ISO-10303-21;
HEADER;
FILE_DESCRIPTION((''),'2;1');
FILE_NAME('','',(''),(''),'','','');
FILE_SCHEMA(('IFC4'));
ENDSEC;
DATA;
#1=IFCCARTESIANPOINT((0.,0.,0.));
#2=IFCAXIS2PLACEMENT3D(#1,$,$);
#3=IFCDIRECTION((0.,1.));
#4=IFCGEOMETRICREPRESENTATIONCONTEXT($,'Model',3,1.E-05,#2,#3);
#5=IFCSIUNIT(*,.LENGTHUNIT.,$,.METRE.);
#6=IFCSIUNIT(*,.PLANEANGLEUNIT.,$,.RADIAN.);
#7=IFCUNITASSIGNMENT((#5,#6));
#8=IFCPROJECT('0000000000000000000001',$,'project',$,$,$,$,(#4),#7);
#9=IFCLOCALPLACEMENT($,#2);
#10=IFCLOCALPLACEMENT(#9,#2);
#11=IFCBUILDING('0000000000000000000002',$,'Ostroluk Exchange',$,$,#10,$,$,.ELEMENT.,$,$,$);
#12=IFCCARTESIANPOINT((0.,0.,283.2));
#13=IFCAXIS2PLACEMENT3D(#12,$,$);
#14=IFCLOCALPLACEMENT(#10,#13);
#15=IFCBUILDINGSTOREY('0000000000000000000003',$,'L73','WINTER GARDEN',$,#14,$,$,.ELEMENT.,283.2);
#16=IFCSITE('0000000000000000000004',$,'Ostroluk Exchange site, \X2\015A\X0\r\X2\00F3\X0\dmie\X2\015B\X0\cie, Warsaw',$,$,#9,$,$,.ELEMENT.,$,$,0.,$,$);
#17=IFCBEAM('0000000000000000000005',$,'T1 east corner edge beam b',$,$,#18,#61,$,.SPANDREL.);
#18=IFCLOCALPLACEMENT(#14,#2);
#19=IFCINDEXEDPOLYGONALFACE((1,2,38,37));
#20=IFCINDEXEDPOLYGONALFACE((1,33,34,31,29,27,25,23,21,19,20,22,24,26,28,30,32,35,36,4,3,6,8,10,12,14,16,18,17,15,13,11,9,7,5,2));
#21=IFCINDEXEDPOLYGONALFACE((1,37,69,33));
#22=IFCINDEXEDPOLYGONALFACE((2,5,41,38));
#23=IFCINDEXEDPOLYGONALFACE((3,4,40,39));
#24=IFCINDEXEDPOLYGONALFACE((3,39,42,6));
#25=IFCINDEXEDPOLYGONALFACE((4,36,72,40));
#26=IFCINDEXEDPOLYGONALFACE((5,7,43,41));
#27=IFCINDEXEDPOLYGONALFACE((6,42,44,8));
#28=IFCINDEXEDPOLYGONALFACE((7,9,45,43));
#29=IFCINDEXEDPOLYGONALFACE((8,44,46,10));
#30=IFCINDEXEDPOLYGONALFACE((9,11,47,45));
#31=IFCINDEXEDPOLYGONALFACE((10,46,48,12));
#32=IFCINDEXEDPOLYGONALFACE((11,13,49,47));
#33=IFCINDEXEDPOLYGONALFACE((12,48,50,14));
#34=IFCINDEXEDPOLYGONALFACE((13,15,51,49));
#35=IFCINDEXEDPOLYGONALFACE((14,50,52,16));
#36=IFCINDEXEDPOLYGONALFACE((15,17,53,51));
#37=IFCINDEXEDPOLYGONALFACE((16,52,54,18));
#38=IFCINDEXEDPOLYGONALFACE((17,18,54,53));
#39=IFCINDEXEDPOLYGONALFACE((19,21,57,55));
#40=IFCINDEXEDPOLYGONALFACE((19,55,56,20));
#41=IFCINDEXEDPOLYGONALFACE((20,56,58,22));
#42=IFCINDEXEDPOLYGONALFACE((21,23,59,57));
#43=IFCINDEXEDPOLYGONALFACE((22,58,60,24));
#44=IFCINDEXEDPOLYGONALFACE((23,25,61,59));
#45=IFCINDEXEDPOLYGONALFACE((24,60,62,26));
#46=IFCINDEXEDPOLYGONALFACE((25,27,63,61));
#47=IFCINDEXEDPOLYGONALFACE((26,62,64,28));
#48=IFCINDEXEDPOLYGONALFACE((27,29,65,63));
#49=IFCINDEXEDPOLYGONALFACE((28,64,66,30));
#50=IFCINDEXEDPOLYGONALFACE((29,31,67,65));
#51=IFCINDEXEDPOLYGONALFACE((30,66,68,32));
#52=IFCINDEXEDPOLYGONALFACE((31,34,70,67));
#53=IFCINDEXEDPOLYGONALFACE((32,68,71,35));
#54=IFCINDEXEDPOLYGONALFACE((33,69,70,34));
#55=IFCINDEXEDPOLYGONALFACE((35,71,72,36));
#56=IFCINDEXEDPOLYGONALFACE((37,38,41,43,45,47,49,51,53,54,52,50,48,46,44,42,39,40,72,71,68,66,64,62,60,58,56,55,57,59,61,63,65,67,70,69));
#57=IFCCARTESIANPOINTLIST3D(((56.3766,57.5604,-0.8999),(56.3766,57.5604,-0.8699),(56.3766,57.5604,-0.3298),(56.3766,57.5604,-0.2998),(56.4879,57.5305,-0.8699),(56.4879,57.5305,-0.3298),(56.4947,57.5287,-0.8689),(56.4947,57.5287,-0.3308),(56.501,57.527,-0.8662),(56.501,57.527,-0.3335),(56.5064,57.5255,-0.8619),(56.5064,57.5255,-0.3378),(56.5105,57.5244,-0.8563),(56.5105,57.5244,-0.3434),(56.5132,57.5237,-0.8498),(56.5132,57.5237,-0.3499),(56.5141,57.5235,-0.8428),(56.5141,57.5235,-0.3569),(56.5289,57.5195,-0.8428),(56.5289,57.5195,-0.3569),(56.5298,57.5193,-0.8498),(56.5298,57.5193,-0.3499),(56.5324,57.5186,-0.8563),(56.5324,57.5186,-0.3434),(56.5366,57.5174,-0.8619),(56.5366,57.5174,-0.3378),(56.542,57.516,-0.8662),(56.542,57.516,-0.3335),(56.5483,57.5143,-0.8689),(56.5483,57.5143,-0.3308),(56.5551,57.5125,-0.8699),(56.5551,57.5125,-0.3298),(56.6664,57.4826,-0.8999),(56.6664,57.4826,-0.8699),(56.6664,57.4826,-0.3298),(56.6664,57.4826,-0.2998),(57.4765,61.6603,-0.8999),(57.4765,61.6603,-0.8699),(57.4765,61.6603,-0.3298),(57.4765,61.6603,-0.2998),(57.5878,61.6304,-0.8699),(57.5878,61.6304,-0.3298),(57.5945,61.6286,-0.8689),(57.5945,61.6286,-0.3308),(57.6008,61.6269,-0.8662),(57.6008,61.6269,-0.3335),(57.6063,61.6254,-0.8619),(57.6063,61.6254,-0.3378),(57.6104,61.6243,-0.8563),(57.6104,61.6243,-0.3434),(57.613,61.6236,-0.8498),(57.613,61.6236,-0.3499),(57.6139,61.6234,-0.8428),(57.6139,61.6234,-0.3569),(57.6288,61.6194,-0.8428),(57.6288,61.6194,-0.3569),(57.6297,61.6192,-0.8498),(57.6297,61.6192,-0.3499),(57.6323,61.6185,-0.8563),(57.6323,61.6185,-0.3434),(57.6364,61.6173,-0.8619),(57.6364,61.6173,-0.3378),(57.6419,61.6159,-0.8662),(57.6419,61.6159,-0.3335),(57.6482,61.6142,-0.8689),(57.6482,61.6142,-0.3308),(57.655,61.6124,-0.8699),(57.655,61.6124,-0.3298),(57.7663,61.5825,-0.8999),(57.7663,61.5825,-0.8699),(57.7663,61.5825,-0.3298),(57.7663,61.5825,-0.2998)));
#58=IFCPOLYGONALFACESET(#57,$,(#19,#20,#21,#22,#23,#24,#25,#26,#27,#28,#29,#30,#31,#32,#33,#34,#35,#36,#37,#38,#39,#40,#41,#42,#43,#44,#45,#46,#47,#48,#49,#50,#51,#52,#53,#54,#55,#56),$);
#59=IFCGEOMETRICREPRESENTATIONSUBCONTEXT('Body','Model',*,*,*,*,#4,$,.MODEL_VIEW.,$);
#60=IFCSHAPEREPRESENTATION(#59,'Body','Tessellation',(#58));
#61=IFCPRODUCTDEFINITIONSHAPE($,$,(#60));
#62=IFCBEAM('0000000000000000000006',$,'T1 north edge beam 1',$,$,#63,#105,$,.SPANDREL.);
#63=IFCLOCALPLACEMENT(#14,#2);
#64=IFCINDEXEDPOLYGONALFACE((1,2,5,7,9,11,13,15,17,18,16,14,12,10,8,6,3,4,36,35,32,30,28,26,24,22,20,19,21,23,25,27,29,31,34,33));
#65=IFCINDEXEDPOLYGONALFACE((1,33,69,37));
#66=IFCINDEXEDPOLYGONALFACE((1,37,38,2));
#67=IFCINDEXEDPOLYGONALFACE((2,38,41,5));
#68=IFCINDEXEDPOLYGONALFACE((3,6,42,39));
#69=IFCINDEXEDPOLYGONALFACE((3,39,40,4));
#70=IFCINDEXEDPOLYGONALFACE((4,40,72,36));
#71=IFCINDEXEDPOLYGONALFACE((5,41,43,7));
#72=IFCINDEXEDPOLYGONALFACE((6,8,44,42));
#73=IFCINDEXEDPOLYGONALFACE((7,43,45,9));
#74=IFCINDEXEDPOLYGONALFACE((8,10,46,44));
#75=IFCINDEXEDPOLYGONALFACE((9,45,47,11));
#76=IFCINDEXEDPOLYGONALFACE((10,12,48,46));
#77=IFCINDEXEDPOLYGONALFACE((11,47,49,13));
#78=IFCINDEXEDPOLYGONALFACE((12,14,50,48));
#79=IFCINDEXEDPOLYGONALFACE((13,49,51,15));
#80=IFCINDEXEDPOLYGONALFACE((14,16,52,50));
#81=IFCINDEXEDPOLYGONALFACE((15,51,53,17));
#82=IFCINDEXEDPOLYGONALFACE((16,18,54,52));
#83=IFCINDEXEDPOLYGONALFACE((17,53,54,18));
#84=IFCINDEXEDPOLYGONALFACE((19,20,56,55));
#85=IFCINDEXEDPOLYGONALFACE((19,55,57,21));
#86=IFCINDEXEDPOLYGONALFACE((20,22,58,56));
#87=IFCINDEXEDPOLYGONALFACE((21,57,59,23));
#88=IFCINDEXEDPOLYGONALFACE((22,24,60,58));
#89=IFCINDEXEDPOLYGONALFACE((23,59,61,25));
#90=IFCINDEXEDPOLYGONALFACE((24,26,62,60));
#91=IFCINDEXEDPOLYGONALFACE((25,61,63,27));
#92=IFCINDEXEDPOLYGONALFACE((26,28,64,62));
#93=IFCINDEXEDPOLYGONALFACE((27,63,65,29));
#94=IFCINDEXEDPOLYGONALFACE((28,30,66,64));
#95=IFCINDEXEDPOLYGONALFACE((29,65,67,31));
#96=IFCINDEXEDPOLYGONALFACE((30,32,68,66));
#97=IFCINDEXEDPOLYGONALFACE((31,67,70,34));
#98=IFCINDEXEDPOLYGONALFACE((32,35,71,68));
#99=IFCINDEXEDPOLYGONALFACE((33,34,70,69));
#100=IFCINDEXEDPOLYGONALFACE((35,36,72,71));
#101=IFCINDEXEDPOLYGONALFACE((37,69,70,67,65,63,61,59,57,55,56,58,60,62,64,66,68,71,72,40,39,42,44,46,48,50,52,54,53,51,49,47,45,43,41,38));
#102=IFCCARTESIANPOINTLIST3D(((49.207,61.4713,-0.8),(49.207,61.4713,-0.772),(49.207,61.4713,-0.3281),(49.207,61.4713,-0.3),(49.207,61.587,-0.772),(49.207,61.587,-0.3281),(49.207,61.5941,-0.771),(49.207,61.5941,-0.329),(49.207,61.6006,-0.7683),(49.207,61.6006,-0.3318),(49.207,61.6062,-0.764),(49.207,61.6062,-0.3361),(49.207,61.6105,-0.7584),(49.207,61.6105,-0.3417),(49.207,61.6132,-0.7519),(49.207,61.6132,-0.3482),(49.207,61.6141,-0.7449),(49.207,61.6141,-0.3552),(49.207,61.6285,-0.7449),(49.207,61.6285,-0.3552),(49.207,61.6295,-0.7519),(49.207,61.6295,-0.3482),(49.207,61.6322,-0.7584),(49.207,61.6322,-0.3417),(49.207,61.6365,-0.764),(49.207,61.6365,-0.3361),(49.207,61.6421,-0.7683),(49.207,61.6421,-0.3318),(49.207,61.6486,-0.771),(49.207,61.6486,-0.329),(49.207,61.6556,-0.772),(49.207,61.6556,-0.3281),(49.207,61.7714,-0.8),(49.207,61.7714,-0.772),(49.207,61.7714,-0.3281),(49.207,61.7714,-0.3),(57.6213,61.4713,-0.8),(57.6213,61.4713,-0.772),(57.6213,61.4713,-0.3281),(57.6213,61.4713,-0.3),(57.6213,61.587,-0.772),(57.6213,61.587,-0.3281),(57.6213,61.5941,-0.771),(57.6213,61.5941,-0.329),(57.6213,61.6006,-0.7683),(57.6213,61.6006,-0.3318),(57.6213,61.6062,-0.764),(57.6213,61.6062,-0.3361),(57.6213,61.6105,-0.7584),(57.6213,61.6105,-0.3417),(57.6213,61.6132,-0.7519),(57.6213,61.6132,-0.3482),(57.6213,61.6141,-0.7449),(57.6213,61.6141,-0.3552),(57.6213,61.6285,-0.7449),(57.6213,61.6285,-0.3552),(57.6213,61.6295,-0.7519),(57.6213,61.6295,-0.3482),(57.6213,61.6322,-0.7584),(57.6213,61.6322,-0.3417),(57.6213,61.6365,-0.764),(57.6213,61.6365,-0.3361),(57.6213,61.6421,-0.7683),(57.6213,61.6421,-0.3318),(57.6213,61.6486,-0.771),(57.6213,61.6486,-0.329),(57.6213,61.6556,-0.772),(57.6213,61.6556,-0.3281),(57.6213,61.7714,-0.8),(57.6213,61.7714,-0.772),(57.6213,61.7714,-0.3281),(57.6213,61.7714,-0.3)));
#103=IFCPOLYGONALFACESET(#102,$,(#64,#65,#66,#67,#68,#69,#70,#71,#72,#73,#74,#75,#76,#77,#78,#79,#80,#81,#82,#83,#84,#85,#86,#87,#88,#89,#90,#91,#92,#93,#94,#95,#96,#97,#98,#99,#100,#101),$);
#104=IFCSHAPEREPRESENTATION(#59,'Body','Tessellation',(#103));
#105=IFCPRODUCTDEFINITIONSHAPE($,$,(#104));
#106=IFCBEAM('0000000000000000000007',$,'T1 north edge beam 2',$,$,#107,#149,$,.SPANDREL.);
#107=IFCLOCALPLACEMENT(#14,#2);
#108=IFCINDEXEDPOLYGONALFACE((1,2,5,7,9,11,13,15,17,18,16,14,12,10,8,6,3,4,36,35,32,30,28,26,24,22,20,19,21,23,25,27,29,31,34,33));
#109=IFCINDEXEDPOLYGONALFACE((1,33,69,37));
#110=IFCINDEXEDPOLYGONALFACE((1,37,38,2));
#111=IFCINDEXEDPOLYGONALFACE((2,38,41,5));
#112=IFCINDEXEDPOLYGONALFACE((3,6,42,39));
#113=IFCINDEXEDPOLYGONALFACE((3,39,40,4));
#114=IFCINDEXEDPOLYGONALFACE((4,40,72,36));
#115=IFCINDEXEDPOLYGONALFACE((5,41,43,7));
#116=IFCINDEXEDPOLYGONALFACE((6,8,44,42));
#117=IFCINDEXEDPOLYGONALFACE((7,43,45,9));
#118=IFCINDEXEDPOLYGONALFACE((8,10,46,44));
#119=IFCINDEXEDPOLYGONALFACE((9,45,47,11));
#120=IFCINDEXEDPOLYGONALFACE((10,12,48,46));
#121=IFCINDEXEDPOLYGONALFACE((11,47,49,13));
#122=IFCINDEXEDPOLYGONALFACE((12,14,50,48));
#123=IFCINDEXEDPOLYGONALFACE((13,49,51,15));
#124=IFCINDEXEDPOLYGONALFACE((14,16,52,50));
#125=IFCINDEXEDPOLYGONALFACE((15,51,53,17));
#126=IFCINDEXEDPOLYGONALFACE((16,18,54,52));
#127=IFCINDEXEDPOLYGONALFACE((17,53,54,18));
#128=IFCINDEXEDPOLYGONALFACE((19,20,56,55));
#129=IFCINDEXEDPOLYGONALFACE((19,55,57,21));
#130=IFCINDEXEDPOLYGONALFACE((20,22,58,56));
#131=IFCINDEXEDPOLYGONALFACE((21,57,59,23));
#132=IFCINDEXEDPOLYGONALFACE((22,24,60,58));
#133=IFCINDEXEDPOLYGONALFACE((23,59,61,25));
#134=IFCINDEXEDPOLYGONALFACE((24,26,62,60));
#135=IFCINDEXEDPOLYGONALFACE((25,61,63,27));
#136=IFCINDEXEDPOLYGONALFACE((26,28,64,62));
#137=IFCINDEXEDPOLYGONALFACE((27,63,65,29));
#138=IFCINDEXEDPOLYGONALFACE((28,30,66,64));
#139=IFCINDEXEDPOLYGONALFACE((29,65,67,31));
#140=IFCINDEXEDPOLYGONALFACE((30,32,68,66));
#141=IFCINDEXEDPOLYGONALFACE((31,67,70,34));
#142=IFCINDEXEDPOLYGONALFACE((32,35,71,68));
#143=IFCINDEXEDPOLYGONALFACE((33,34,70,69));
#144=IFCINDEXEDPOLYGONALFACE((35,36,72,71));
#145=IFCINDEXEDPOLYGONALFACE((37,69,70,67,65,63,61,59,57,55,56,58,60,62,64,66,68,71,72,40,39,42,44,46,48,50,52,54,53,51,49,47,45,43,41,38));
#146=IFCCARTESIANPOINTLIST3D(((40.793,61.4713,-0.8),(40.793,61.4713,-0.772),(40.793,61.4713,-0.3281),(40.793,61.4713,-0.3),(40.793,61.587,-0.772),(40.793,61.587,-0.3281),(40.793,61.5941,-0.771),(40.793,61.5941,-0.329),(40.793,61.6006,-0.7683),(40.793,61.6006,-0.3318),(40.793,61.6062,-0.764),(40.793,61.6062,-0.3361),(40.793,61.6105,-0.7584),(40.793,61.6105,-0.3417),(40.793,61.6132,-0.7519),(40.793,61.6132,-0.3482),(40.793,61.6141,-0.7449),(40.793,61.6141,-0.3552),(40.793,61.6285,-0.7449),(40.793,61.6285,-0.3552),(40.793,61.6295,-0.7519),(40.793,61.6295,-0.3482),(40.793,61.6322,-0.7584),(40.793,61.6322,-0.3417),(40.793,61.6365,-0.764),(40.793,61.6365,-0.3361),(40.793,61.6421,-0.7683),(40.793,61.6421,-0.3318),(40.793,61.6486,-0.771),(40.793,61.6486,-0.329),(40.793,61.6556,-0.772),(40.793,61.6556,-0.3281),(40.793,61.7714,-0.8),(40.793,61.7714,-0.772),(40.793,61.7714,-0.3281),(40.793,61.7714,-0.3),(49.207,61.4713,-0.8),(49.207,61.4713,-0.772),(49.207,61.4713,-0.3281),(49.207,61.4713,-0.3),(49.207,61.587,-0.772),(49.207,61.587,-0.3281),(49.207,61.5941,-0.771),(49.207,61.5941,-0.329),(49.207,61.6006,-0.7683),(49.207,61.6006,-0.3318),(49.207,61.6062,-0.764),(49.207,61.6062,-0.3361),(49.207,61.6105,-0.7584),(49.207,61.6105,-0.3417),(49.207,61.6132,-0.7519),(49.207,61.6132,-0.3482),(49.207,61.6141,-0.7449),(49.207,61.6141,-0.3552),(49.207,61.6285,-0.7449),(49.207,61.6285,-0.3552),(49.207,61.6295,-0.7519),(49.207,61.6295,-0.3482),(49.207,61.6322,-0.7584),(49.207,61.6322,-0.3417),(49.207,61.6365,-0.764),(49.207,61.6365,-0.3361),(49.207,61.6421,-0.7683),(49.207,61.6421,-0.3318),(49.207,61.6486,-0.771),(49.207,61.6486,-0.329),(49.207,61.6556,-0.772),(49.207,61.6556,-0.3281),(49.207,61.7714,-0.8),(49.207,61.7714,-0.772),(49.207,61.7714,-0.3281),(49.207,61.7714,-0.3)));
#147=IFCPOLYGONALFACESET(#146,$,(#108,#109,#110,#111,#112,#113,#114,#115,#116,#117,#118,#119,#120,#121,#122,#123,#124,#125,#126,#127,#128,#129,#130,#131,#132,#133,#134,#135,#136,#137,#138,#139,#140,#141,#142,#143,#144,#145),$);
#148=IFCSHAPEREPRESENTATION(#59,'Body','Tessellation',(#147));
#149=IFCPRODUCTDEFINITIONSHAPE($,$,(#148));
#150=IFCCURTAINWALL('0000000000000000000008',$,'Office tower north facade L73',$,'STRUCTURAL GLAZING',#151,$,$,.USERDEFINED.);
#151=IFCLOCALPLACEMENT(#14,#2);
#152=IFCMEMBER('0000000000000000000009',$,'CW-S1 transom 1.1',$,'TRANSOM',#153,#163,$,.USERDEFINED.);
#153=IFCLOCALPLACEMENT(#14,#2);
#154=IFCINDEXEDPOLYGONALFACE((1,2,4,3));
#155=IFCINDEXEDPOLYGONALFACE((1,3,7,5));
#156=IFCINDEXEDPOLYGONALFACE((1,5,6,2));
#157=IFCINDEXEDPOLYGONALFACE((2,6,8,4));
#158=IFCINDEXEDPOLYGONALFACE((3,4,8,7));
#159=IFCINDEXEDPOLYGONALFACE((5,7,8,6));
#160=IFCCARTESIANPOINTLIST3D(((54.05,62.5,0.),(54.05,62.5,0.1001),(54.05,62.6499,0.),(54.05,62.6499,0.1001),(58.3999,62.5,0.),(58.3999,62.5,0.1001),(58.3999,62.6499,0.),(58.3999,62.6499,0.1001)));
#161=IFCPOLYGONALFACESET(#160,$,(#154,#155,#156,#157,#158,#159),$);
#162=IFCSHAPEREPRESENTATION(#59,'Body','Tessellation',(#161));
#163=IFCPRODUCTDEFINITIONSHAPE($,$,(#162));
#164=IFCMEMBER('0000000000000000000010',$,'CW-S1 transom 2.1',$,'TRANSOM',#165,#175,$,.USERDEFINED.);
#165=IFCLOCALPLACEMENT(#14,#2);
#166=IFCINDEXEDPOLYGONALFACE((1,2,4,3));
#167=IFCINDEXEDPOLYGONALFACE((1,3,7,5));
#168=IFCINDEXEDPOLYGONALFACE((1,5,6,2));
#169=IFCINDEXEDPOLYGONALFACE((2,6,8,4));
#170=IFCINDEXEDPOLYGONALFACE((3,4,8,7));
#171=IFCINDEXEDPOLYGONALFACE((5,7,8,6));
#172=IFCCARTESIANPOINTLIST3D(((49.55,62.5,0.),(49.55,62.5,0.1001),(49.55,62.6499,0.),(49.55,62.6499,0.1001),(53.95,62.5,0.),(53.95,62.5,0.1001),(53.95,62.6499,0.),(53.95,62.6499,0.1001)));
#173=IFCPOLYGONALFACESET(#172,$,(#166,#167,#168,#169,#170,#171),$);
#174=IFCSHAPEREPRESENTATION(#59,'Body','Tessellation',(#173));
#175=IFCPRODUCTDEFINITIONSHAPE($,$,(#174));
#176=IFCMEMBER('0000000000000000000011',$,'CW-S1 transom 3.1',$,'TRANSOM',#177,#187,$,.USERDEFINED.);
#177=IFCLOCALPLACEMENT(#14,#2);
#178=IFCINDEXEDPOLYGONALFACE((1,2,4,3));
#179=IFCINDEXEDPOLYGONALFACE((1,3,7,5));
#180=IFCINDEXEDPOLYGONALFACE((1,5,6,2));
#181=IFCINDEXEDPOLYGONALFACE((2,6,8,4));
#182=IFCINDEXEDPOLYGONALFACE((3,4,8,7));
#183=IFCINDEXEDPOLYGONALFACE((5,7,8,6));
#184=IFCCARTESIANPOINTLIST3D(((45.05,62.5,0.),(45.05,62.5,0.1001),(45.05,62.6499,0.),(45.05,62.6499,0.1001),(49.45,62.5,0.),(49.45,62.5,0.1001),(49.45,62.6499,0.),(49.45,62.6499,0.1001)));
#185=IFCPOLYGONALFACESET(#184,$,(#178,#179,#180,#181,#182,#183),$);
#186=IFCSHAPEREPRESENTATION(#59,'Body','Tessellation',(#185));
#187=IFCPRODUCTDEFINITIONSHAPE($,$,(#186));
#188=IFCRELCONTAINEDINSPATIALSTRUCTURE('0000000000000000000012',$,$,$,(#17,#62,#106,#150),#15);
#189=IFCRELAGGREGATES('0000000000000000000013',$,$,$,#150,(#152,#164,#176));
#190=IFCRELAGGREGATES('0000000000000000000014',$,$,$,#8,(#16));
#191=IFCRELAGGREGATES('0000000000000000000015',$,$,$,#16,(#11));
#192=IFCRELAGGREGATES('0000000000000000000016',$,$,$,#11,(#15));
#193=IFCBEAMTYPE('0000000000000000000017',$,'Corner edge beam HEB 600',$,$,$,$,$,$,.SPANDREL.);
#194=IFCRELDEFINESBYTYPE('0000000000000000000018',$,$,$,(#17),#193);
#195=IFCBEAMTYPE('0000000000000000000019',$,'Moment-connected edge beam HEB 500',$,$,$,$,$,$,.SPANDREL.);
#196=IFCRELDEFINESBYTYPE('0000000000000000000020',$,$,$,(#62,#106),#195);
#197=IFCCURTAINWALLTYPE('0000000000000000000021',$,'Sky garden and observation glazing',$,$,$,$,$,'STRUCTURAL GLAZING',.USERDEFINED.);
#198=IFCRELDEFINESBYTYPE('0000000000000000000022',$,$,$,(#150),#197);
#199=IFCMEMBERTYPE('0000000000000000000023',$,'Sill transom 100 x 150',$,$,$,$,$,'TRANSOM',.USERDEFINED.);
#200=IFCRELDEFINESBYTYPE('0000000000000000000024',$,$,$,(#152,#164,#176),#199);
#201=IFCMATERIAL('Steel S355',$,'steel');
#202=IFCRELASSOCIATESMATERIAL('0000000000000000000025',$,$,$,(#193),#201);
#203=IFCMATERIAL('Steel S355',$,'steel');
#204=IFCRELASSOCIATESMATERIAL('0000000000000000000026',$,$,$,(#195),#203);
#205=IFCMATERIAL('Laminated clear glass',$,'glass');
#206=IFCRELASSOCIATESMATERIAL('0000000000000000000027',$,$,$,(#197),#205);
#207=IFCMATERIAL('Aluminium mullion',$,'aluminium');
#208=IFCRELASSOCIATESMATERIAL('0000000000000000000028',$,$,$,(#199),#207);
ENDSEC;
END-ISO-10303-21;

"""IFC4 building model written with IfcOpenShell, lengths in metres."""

from ifc_helpers import new_model, si_unit, direction, frame, origin, origin_2d, place, context, subcontext, project, spatial, rectangle, i_section, extrude, material, material_profile, profile_set, type_object, element, aggregate, save


model = new_model("IFC4")

# Units and contexts
model_context = context("Model", 3, precision=1e-05, world=origin(), true_north=direction((0.0, 1.0)))
body_context = subcontext(model_context, "Body", "Model", "MODEL_VIEW")
ifc_project = project(units=[si_unit("LENGTHUNIT", "METRE"), si_unit("PLANEANGLEUNIT", "RADIAN")], contexts=[model_context])

# Site, building, storey
site_placement = place(None, origin())
site = spatial("IfcSite", under=ifc_project, at=site_placement, Name="Ostroluk Exchange site, Śródmieście, Warsaw", CompositionType="ELEMENT", RefElevation=0.0)
building_placement = place(site_placement, origin())
building = spatial("IfcBuilding", under=site, at=building_placement, Name="Ostroluk Exchange", CompositionType="ELEMENT")
storey_placement = place(building_placement, frame((0.0, 0.0, 283.2)))
storey = spatial("IfcBuildingStorey", under=building, at=storey_placement, Name="L73", Description="WINTER GARDEN", CompositionType="ELEMENT", Elevation=283.2)

# Beams
ifc_material_1 = material(Name="Steel S355", Category="steel")
ifc_material_profile_1 = material_profile(ifc_material_1, i_section(OverallWidth=0.3, OverallDepth=0.6001, WebThickness=0.0154, FlangeThickness=0.03, FilletRadius=0.0271, at=origin_2d()), Name="HEB 600")
ifc_profile_set_1 = profile_set([ifc_material_profile_1], Name="Steel S355")
beam_type_1 = type_object("IfcBeamType", Name="Corner edge beam HEB 600", PredefinedType="SPANDREL", material=ifc_profile_set_1)
for number, where, z_axis, x_axis, name in (
    (1, (56.5215, 57.5215, -0.5999), (0.259105, 0.965849, 0.0), (-0.965849, 0.259105, 0.0), "T1 east corner edge beam b"),
):
    element("IfcBeam", number, at=place(storey_placement, frame(where, z_axis=z_axis, x_axis=x_axis)), inside=storey, type_object=beam_type_1, Name=name, PredefinedType="SPANDREL", context=body_context, shape_type="SweptSolid", body=[
        extrude(i_section(OverallWidth=0.3, OverallDepth=0.6001, WebThickness=0.0154, FlangeThickness=0.03, FilletRadius=0.0271, at=origin_2d()), origin(), (0.0, 0.0, 1.0), 4.2449),
    ])
ifc_material_2 = material(Name="Steel S355", Category="steel")
ifc_material_profile_2 = material_profile(ifc_material_2, i_section(OverallWidth=0.3, OverallDepth=0.5, WebThickness=0.0144, FlangeThickness=0.0281, FilletRadius=0.0271, at=origin_2d()), Name="HEB 500")
ifc_profile_set_2 = profile_set([ifc_material_profile_2], Name="Steel S355")
beam_type_2 = type_object("IfcBeamType", Name="Moment-connected edge beam HEB 500", PredefinedType="SPANDREL", material=ifc_profile_set_2)
beam_1_placement = place(storey_placement, frame((57.6213, 61.6213, -0.55), z_axis=(-1.0, 0.0, 0.0), x_axis=(0.0, -1.0, 0.0)))
element("IfcBeam", 2, at=beam_1_placement, inside=storey, type_object=beam_type_2, Name="T1 north edge beam 1", PredefinedType="SPANDREL", context=body_context, shape_type="SweptSolid", body=[
    extrude(i_section(OverallWidth=0.3, OverallDepth=0.5, WebThickness=0.0144, FlangeThickness=0.0281, FilletRadius=0.0271, at=origin_2d()), origin(), (0.0, 0.0, 1.0), 8.4143),
])
beam_2_placement = place(storey_placement, frame((49.207, 61.6213, -0.55), z_axis=(-1.0, 0.0, 0.0), x_axis=(0.0, -1.0, 0.0)))
element("IfcBeam", 3, at=beam_2_placement, inside=storey, type_object=beam_type_2, Name="T1 north edge beam 2", PredefinedType="SPANDREL", context=body_context, shape_type="SweptSolid", body=[
    extrude(i_section(OverallWidth=0.3, OverallDepth=0.5, WebThickness=0.0144, FlangeThickness=0.0281, FilletRadius=0.0271, at=origin_2d()), origin(), (0.0, 0.0, 1.0), 8.4141),
])

# Curtain wall, members
ifc_material_3 = material(Name="Laminated clear glass", Category="glass")
curtain_wall_type = type_object("IfcCurtainWallType", Name="Sky garden and observation glazing", ElementType="STRUCTURAL GLAZING", PredefinedType="USERDEFINED", material=ifc_material_3)
curtain_wall_1_placement = place(storey_placement, origin())
curtain_wall_1 = element("IfcCurtainWall", 4, at=curtain_wall_1_placement, inside=storey, type_object=curtain_wall_type, Name="Office tower north facade L73", ObjectType="STRUCTURAL GLAZING", PredefinedType="USERDEFINED")
ifc_material_4 = material(Name="Aluminium mullion", Category="aluminium")
ifc_material_profile_3 = material_profile(ifc_material_4, rectangle(XDim=0.1499, YDim=0.1001, at=origin_2d()), Name="Sill transom 100 x 150")
ifc_profile_set_3 = profile_set([ifc_material_profile_3], Name="Aluminium mullion")
member_type_1 = type_object("IfcMemberType", Name="Sill transom 100 x 150", ElementType="TRANSOM", PredefinedType="USERDEFINED", material=ifc_profile_set_3)
member_1_placement = place(storey_placement, frame((58.3999, 62.575, 0.05), z_axis=(-1.0, 0.0, 0.0), x_axis=(0.0, -1.0, 0.0)))
member_1 = element("IfcMember", 5, at=member_1_placement, type_object=member_type_1, Name="CW-S1 transom 1.1", ObjectType="TRANSOM", PredefinedType="USERDEFINED", context=body_context, shape_type="SweptSolid", body=[
    extrude(rectangle(XDim=0.1499, YDim=0.1001, at=origin_2d()), origin(), (0.0, 0.0, 1.0), 4.3499),
])
member_2_placement = place(storey_placement, frame((53.95, 62.575, 0.05), z_axis=(-1.0, 0.0, 0.0), x_axis=(0.0, -1.0, 0.0)))
member_2 = element("IfcMember", 6, at=member_2_placement, type_object=member_type_1, Name="CW-S1 transom 2.1", ObjectType="TRANSOM", PredefinedType="USERDEFINED", context=body_context, shape_type="SweptSolid", body=[
    extrude(rectangle(XDim=0.1499, YDim=0.1001, at=origin_2d()), origin(), (0.0, 0.0, 1.0), 4.3999),
])
member_3_placement = place(storey_placement, frame((49.45, 62.575, 0.05), z_axis=(-1.0, 0.0, 0.0), x_axis=(0.0, -1.0, 0.0)))
member_3 = element("IfcMember", 7, at=member_3_placement, type_object=member_type_1, Name="CW-S1 transom 3.1", ObjectType="TRANSOM", PredefinedType="USERDEFINED", context=body_context, shape_type="SweptSolid", body=[
    extrude(rectangle(XDim=0.1499, YDim=0.1001, at=origin_2d()), origin(), (0.0, 0.0, 1.0), 4.3999),
])

aggregate(curtain_wall_1, [member_1, member_2, member_3])

save(model, "model.ifc")
